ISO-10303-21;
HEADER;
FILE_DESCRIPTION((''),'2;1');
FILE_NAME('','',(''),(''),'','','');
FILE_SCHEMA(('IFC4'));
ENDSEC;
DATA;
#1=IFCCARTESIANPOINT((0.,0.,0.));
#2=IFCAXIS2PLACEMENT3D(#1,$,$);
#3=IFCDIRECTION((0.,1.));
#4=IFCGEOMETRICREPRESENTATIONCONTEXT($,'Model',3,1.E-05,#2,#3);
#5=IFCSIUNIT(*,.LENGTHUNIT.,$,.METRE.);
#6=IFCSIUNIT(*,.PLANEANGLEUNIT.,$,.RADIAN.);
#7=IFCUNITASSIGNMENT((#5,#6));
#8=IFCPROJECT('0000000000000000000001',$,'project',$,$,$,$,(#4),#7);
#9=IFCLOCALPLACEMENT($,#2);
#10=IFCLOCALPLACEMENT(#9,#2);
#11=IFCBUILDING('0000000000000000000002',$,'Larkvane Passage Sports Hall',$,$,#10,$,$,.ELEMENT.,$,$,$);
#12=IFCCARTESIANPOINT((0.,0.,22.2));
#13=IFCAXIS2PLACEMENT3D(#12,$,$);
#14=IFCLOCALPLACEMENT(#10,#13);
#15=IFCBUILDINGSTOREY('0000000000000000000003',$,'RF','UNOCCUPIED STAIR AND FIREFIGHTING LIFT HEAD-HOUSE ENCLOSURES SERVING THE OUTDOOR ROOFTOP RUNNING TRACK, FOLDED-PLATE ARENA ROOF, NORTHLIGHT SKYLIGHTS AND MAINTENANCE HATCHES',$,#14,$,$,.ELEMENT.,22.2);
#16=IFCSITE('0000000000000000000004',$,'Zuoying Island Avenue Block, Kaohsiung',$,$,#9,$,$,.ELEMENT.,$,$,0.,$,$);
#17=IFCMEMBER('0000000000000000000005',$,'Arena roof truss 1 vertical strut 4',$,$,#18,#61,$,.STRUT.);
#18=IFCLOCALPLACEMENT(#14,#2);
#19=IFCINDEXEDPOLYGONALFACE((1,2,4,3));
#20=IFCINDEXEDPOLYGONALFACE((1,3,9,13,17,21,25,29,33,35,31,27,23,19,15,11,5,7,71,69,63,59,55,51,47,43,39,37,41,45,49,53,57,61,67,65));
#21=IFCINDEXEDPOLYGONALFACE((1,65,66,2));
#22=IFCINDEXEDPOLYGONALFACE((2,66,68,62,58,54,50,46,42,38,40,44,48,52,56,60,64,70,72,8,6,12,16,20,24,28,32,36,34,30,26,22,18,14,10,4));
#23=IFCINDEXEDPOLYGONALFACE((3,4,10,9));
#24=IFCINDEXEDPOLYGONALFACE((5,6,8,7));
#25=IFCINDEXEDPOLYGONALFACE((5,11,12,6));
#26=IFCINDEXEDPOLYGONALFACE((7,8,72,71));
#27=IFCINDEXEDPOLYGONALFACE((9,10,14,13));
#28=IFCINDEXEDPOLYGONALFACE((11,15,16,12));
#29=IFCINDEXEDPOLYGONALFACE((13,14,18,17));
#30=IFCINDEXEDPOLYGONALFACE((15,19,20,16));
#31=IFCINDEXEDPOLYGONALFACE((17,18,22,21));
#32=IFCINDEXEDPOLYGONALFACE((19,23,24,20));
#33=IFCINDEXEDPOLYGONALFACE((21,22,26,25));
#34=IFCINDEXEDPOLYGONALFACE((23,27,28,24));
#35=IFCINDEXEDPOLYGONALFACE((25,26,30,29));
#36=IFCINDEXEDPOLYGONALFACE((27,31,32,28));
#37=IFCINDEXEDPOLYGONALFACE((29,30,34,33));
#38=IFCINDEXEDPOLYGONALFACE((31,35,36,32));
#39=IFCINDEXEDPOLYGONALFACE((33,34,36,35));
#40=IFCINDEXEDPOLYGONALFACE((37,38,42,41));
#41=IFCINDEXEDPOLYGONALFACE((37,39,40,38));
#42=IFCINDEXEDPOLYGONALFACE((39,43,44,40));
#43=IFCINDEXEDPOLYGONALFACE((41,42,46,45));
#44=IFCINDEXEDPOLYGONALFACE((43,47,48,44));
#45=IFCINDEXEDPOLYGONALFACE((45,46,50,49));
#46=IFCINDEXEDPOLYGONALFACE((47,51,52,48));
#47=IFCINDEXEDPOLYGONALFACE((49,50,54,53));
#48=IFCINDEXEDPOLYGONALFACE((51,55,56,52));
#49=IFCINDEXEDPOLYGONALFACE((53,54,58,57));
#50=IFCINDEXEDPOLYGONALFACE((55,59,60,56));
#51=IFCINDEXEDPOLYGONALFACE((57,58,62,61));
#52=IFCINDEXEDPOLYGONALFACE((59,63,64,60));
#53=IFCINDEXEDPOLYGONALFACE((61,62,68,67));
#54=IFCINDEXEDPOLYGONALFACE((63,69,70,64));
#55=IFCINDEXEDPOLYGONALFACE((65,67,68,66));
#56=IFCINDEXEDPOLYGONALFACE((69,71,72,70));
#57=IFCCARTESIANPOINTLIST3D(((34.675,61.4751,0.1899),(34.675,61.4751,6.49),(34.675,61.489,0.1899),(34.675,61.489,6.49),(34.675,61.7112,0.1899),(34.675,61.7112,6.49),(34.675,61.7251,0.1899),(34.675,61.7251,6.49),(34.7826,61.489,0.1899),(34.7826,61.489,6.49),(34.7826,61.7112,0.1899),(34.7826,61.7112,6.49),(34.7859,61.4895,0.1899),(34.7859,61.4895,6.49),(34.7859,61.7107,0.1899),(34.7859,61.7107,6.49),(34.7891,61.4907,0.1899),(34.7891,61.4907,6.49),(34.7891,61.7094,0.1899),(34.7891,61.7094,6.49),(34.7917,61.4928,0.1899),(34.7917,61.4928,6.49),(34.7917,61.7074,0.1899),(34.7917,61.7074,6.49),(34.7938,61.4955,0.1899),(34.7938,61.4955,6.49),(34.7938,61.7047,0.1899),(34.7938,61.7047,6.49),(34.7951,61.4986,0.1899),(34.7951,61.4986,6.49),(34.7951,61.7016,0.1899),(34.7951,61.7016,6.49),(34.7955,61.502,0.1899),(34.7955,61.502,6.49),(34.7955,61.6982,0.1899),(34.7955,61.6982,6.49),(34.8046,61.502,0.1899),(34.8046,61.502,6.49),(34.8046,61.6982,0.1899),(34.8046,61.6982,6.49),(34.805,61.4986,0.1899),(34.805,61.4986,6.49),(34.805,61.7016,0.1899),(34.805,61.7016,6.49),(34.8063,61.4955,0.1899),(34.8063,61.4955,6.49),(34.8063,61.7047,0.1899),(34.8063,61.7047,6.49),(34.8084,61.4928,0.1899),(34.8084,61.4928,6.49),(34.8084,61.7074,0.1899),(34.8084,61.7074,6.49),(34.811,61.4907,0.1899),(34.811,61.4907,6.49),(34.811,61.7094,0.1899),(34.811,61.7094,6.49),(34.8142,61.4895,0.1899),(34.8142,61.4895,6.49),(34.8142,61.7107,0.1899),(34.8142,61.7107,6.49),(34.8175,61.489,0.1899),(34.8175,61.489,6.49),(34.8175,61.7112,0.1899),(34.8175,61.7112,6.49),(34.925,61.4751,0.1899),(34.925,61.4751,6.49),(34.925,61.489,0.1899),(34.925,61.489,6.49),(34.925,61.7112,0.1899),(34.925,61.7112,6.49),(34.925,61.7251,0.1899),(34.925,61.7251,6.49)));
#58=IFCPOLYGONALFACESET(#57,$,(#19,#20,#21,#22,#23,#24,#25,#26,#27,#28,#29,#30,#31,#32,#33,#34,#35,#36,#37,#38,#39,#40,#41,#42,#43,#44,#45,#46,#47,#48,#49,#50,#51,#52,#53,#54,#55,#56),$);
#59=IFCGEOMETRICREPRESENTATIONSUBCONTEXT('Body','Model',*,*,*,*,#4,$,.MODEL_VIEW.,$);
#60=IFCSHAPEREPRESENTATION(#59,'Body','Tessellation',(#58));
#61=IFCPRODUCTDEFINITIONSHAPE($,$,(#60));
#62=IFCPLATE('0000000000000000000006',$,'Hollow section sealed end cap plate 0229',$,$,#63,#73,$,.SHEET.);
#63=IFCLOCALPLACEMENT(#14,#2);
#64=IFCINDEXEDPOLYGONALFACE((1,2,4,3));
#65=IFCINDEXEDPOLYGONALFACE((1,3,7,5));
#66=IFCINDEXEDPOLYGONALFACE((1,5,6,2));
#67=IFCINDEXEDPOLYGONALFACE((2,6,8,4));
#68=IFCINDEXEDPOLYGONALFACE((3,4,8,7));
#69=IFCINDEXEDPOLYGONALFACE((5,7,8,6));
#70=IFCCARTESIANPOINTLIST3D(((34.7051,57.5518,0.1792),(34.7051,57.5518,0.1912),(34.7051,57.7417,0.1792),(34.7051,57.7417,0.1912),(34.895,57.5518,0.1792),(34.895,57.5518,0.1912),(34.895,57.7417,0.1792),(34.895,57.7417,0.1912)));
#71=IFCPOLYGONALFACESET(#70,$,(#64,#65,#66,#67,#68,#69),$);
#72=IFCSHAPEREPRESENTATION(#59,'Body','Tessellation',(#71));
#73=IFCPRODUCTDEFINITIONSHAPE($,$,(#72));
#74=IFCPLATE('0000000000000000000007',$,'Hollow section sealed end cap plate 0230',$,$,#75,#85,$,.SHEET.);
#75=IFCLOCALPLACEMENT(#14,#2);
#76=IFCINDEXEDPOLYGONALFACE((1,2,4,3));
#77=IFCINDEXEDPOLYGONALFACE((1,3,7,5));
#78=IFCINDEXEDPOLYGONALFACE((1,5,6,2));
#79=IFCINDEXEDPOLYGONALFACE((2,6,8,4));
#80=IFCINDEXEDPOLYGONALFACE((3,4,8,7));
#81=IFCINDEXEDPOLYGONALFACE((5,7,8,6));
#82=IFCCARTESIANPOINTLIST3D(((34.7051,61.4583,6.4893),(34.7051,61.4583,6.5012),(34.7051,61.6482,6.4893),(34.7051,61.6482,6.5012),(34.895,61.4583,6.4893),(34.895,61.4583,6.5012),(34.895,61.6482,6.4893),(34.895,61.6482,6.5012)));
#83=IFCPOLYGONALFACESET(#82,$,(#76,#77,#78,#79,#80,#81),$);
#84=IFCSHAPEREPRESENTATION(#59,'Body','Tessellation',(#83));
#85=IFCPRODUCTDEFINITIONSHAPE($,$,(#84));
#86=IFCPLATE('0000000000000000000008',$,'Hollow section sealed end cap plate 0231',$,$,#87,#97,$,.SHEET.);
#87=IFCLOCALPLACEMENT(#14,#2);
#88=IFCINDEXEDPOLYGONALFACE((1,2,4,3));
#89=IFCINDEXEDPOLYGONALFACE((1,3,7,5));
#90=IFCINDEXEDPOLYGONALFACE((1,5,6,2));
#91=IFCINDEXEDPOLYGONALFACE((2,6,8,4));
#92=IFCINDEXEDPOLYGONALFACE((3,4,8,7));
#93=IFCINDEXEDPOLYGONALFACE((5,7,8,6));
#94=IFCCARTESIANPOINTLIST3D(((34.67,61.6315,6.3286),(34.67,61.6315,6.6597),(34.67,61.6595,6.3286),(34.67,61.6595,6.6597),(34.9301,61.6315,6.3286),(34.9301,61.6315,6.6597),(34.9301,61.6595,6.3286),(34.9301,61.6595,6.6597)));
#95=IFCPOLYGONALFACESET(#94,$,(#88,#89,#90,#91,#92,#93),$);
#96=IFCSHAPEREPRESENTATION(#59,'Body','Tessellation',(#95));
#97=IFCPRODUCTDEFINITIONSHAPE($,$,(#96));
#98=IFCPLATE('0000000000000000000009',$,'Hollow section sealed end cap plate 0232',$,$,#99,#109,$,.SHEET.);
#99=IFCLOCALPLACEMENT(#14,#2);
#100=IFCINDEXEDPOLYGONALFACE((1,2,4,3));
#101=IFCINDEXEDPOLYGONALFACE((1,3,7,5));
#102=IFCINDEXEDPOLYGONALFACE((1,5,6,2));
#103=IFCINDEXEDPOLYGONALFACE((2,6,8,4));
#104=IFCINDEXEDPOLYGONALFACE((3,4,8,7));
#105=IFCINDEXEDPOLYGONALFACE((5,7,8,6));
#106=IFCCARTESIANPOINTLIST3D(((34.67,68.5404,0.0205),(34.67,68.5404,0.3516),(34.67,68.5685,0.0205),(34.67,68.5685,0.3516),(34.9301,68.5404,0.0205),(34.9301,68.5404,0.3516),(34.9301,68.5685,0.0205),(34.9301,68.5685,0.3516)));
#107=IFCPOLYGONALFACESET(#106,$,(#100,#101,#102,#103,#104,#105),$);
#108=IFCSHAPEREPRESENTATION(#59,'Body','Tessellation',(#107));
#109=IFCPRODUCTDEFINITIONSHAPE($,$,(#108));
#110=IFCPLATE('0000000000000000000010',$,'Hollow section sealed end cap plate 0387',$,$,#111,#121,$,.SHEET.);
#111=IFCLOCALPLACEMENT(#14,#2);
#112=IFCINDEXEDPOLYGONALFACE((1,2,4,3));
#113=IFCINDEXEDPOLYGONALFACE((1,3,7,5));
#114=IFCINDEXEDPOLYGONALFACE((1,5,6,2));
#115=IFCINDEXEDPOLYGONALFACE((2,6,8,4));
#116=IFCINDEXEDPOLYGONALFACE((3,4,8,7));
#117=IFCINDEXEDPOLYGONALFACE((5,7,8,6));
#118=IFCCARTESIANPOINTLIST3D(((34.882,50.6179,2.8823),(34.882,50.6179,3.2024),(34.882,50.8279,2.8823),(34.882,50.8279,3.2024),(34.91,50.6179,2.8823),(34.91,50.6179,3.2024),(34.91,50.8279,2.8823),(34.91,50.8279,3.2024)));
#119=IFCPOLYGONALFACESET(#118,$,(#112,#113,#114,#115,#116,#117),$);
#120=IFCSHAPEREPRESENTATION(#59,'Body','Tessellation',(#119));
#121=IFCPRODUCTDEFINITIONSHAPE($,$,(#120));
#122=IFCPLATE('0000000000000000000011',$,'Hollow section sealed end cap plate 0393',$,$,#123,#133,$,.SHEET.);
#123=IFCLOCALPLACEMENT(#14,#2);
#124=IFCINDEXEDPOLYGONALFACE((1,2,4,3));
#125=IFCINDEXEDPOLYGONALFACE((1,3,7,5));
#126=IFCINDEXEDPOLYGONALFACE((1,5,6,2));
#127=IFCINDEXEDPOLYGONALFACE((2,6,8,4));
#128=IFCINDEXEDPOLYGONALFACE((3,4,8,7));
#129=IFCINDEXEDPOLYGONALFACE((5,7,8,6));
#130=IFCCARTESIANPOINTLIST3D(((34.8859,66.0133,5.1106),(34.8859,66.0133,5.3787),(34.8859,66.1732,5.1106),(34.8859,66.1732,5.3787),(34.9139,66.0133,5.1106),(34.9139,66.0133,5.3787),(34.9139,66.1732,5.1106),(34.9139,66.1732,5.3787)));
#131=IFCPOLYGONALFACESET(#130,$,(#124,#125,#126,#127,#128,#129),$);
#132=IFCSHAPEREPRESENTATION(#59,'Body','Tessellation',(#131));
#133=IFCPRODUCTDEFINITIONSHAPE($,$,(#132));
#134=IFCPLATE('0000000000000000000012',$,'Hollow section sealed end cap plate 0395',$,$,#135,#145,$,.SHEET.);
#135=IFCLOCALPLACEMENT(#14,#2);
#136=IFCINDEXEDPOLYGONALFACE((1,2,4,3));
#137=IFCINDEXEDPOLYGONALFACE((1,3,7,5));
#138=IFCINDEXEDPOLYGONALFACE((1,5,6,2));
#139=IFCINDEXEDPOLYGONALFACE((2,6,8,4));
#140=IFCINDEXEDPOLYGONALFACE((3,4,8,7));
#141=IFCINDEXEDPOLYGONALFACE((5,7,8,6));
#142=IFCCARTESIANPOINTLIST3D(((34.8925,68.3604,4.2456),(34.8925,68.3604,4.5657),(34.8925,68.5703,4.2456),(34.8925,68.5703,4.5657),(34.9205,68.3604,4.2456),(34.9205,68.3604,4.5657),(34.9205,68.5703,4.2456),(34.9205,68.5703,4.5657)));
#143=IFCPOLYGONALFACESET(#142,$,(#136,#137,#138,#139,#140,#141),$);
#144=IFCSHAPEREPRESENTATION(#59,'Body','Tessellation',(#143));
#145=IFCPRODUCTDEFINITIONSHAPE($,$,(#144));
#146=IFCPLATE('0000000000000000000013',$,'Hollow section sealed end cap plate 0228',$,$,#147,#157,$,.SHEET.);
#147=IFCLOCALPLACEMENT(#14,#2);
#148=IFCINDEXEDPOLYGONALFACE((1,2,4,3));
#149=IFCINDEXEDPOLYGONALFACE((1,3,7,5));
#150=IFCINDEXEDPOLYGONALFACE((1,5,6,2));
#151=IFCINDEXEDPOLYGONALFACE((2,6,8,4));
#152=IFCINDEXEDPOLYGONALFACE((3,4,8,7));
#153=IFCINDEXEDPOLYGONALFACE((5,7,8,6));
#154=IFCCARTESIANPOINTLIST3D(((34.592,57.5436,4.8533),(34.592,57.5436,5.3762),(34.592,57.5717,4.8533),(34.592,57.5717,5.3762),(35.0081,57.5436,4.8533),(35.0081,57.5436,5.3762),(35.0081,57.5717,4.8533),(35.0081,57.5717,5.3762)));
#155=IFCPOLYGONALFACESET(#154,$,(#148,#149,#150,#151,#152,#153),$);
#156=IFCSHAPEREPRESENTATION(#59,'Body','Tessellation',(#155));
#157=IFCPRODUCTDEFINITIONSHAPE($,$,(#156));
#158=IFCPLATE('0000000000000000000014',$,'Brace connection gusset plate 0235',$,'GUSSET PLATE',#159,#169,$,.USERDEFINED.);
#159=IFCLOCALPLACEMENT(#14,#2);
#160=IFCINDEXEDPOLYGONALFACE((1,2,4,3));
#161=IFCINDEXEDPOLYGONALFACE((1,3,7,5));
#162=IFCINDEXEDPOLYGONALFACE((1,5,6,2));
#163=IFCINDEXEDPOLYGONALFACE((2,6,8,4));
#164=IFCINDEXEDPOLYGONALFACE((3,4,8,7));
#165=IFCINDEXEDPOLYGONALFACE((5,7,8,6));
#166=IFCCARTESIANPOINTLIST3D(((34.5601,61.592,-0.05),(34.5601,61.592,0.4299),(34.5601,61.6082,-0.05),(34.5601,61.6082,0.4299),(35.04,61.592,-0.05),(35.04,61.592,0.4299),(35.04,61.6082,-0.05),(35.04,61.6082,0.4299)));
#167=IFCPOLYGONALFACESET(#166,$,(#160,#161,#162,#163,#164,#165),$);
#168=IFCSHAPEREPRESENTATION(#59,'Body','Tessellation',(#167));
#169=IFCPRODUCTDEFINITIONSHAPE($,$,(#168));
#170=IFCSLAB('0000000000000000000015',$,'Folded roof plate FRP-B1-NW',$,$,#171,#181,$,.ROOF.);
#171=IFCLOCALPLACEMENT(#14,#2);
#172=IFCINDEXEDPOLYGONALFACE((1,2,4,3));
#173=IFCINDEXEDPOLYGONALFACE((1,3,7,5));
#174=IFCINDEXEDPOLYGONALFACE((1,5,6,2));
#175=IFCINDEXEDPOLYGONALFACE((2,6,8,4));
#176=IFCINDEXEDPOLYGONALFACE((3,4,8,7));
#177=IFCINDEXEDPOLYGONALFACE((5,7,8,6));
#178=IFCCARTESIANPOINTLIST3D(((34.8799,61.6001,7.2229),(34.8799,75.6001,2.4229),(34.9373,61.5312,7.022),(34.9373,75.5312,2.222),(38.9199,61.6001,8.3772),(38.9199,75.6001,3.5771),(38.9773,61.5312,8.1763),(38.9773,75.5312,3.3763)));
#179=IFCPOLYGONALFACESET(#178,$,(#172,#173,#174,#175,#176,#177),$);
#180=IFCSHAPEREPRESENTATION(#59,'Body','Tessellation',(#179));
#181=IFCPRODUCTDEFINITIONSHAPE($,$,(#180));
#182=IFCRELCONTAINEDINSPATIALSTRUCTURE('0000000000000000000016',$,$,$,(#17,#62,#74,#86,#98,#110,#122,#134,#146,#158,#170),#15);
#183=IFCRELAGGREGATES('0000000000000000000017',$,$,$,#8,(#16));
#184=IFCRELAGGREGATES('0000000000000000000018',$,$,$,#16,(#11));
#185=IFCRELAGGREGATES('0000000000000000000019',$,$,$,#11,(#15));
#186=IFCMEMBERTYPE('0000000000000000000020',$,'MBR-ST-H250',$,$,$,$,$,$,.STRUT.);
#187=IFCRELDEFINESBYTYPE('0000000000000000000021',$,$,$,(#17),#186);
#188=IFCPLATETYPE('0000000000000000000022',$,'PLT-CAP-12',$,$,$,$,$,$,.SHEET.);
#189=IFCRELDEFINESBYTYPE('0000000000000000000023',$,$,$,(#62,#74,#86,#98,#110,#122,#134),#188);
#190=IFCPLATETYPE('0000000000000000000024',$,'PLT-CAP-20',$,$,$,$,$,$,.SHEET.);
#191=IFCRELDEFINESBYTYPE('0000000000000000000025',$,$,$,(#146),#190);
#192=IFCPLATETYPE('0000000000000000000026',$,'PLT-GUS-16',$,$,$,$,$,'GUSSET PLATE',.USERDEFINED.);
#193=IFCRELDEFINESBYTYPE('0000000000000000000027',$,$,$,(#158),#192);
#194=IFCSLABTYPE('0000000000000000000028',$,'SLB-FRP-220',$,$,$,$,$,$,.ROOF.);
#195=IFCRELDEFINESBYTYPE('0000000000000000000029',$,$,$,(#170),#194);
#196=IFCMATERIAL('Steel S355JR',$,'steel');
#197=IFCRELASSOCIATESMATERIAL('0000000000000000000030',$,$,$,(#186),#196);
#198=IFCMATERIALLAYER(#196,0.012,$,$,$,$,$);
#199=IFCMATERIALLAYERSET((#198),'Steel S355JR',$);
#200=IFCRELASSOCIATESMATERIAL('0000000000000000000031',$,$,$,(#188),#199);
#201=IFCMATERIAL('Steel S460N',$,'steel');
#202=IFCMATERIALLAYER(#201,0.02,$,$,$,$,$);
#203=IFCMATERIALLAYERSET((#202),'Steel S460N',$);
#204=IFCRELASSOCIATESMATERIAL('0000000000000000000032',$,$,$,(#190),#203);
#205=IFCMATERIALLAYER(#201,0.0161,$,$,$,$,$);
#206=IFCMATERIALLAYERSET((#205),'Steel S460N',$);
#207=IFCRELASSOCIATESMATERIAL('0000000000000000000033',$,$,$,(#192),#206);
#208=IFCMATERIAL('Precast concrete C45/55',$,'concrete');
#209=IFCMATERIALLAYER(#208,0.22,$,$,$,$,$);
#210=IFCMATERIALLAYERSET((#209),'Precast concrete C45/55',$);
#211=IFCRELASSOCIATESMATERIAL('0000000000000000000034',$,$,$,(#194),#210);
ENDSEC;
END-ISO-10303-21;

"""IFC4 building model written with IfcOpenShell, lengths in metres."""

from ifc_helpers import new_model, si_unit, direction, frame, origin, origin_2d, place, context, subcontext, project, spatial, polyline, rectangle, i_section, outline, extrude, material, layer, layer_set, material_profile, profile_set, type_object, element, save


model = new_model("IFC4")

# Units and contexts
model_context = context("Model", 3, precision=1e-05, world=origin(), true_north=direction((0.0, 1.0)))
body_context = subcontext(model_context, "Body", "Model", "MODEL_VIEW")
ifc_project = project(units=[si_unit("LENGTHUNIT", "METRE"), si_unit("PLANEANGLEUNIT", "RADIAN")], contexts=[model_context])

# Site, building, storey
site_placement = place(None, origin())
site = spatial("IfcSite", under=ifc_project, at=site_placement, Name="Zuoying Island Avenue Block, Kaohsiung", CompositionType="ELEMENT", RefElevation=0.0)
building_placement = place(site_placement, origin())
building = spatial("IfcBuilding", under=site, at=building_placement, Name="Larkvane Passage Sports Hall", CompositionType="ELEMENT")
storey_placement = place(building_placement, frame((0.0, 0.0, 22.2)))
storey = spatial("IfcBuildingStorey", under=building, at=storey_placement, Name="RF", Description="UNOCCUPIED STAIR AND FIREFIGHTING LIFT HEAD-HOUSE ENCLOSURES SERVING THE OUTDOOR ROOFTOP RUNNING TRACK, FOLDED-PLATE ARENA ROOF, NORTHLIGHT SKYLIGHTS AND MAINTENANCE HATCHES", CompositionType="ELEMENT", Elevation=22.2)

# Member
ifc_material_1 = material(Name="Steel S460N", Category="steel")
ifc_material_2 = material(Name="Steel S355JR", Category="steel")
ifc_material_profile_1 = material_profile(ifc_material_2, i_section(OverallWidth=0.25, OverallDepth=0.25, WebThickness=0.009, FlangeThickness=0.0139, FilletRadius=0.0129, at=origin_2d()), Name="H-250x250x9x14")
ifc_profile_set_1 = profile_set([ifc_material_profile_1], Name="Steel S355JR")
member_type_1 = type_object("IfcMemberType", Name="MBR-ST-H250", PredefinedType="STRUT", material=ifc_profile_set_1)
member_1_placement = place(storey_placement, frame((34.8, 61.6001, 0.1899), z_axis=(0.0, 0.0, 1.0), x_axis=(1.0, 0.0, 0.0)))
element("IfcMember", 1, at=member_1_placement, inside=storey, type_object=member_type_1, Name="Arena roof truss 1 vertical strut 4", PredefinedType="STRUT", context=body_context, shape_type="SweptSolid", body=[
    extrude(i_section(OverallWidth=0.25, OverallDepth=0.25, WebThickness=0.009, FlangeThickness=0.0139, FilletRadius=0.0129, at=origin_2d()), origin(), (0.0, 0.0, 1.0), 6.3),
])

# Plates
ifc_layer_1 = layer(ifc_material_2, 0.012)
ifc_layer_set_1 = layer_set([ifc_layer_1], Name="Steel S355JR")
plate_type_1 = type_object("IfcPlateType", Name="PLT-CAP-12", PredefinedType="SHEET", material=ifc_layer_set_1)
for number, where, z_axis, x_axis, name in (
    (2, (34.8, 57.6467, 0.1792), (0.0, 0.0, 1.0), (1.0, 0.0, 0.0), "Hollow section sealed end cap plate 0229"),
    (3, (34.8, 61.5532, 6.4893), (0.0, 0.0, 1.0), (1.0, 0.0, 0.0), "Hollow section sealed end cap plate 0230"),
):
    element("IfcPlate", number, at=place(storey_placement, frame(where, z_axis=z_axis, x_axis=x_axis)), inside=storey, type_object=plate_type_1, Name=name, PredefinedType="SHEET", context=body_context, shape_type="SweptSolid", body=[
        extrude(rectangle(XDim=0.1899, YDim=0.1899, at=origin_2d()), origin(), (0.0, 0.0, 1.0), 0.012),
    ])
for number, where, z_axis, x_axis, name in (
    (4, (34.8, 61.6455, 6.3286), (0.0, 0.0, 1.0), (-1.0, 0.0, 0.0), "Hollow section sealed end cap plate 0231"),
    (5, (34.8, 68.5544, 0.0205), (0.0, 0.0, 1.0), (-1.0, 0.0, 0.0), "Hollow section sealed end cap plate 0232"),
):
    element("IfcPlate", number, at=place(storey_placement, frame(where, z_axis=z_axis, x_axis=x_axis)), inside=storey, type_object=plate_type_1, Name=name, PredefinedType="SHEET", context=body_context, shape_type="SweptSolid", body=[
        extrude(rectangle(XDim=0.26, YDim=0.0281, at=origin_2d()), origin(), (0.0, 0.0, 1.0), 0.3311),
    ])
plate_1_placement = place(storey_placement, frame((34.896, 50.7229, 2.8823), z_axis=(0.0, 0.0, 1.0), x_axis=(0.0, 1.0, 0.0)))
element("IfcPlate", 6, at=plate_1_placement, inside=storey, type_object=plate_type_1, Name="Hollow section sealed end cap plate 0387", PredefinedType="SHEET", context=body_context, shape_type="SweptSolid", body=[
    extrude(rectangle(XDim=0.21, YDim=0.0281, at=origin_2d()), origin(), (0.0, 0.0, 1.0), 0.3201),
])
plate_2_placement = place(storey_placement, frame((34.8999, 66.0933, 5.1106), z_axis=(0.0, 0.0, 1.0), x_axis=(0.0, 1.0, 0.0)))
element("IfcPlate", 7, at=plate_2_placement, inside=storey, type_object=plate_type_1, Name="Hollow section sealed end cap plate 0393", PredefinedType="SHEET", context=body_context, shape_type="SweptSolid", body=[
    extrude(rectangle(XDim=0.1599, YDim=0.0281, at=origin_2d()), origin(), (0.0, 0.0, 1.0), 0.2681),
])
plate_3_placement = place(storey_placement, frame((34.9065, 68.4653, 4.2456), z_axis=(0.0, 0.0, 1.0), x_axis=(0.0, 1.0, 0.0)))
element("IfcPlate", 8, at=plate_3_placement, inside=storey, type_object=plate_type_1, Name="Hollow section sealed end cap plate 0395", PredefinedType="SHEET", context=body_context, shape_type="SweptSolid", body=[
    extrude(rectangle(XDim=0.21, YDim=0.0281, at=origin_2d()), origin(), (0.0, 0.0, 1.0), 0.3201),
])
ifc_layer_2 = layer(ifc_material_1, 0.02)
ifc_layer_set_2 = layer_set([ifc_layer_2], Name="Steel S460N")
plate_type_2 = type_object("IfcPlateType", Name="PLT-CAP-20", PredefinedType="SHEET", material=ifc_layer_set_2)
plate_4_placement = place(storey_placement, frame((34.8, 57.5576, 4.8533), z_axis=(0.0, 0.0, 1.0), x_axis=(-1.0, 0.0, 0.0)))
element("IfcPlate", 9, at=plate_4_placement, inside=storey, type_object=plate_type_2, Name="Hollow section sealed end cap plate 0228", PredefinedType="SHEET", context=body_context, shape_type="SweptSolid", body=[
    extrude(rectangle(XDim=0.416, YDim=0.0281, at=origin_2d()), origin(), (0.0, 0.0, 1.0), 0.5229),
])
ifc_layer_3 = layer(ifc_material_1, 0.0161)
ifc_layer_set_3 = layer_set([ifc_layer_3], Name="Steel S460N")
plate_type_3 = type_object("IfcPlateType", Name="PLT-GUS-16", ElementType="GUSSET PLATE", PredefinedType="USERDEFINED", material=ifc_layer_set_3)
plate_5_placement = place(storey_placement, frame((34.8, 61.6001, -0.05), z_axis=(0.0, 0.0, 1.0), x_axis=(1.0, 0.0, 0.0)))
element("IfcPlate", 10, at=plate_5_placement, inside=storey, type_object=plate_type_3, Name="Brace connection gusset plate 0235", ObjectType="GUSSET PLATE", PredefinedType="USERDEFINED", context=body_context, shape_type="SweptSolid", body=[
    extrude(rectangle(XDim=0.48, YDim=0.0161, at=origin_2d()), origin(), (0.0, 0.0, 1.0), 0.48),
])

# Slab
ifc_material_3 = material(Name="Precast concrete C45/55", Category="concrete")
ifc_layer_4 = layer(ifc_material_3, 0.22)
ifc_layer_set_4 = layer_set([ifc_layer_4], Name="Precast concrete C45/55")
slab_type = type_object("IfcSlabType", Name="SLB-FRP-220", PredefinedType="ROOF", material=ifc_layer_set_4)
slab_placement = place(storey_placement, frame((34.8799, 61.6001, 7.2229), z_axis=(-0.260909, 0.313094, 0.913181), x_axis=(0.961524, 0.0, 0.274721)))
element("IfcSlab", 11, at=slab_placement, inside=storey, type_object=slab_type, Name="Folded roof plate FRP-B1-NW", PredefinedType="ROOF", context=body_context, shape_type="SweptSolid", body=[
    extrude(outline(polyline([(0.0, 0.0), (4.2017, 0.0), (2.883, 14.7412), (-1.3187, 14.7412), (0.0, 0.0)])), origin(), (0.0, 0.0, -1.0), 0.22),
])

save(model, "model.ifc")
